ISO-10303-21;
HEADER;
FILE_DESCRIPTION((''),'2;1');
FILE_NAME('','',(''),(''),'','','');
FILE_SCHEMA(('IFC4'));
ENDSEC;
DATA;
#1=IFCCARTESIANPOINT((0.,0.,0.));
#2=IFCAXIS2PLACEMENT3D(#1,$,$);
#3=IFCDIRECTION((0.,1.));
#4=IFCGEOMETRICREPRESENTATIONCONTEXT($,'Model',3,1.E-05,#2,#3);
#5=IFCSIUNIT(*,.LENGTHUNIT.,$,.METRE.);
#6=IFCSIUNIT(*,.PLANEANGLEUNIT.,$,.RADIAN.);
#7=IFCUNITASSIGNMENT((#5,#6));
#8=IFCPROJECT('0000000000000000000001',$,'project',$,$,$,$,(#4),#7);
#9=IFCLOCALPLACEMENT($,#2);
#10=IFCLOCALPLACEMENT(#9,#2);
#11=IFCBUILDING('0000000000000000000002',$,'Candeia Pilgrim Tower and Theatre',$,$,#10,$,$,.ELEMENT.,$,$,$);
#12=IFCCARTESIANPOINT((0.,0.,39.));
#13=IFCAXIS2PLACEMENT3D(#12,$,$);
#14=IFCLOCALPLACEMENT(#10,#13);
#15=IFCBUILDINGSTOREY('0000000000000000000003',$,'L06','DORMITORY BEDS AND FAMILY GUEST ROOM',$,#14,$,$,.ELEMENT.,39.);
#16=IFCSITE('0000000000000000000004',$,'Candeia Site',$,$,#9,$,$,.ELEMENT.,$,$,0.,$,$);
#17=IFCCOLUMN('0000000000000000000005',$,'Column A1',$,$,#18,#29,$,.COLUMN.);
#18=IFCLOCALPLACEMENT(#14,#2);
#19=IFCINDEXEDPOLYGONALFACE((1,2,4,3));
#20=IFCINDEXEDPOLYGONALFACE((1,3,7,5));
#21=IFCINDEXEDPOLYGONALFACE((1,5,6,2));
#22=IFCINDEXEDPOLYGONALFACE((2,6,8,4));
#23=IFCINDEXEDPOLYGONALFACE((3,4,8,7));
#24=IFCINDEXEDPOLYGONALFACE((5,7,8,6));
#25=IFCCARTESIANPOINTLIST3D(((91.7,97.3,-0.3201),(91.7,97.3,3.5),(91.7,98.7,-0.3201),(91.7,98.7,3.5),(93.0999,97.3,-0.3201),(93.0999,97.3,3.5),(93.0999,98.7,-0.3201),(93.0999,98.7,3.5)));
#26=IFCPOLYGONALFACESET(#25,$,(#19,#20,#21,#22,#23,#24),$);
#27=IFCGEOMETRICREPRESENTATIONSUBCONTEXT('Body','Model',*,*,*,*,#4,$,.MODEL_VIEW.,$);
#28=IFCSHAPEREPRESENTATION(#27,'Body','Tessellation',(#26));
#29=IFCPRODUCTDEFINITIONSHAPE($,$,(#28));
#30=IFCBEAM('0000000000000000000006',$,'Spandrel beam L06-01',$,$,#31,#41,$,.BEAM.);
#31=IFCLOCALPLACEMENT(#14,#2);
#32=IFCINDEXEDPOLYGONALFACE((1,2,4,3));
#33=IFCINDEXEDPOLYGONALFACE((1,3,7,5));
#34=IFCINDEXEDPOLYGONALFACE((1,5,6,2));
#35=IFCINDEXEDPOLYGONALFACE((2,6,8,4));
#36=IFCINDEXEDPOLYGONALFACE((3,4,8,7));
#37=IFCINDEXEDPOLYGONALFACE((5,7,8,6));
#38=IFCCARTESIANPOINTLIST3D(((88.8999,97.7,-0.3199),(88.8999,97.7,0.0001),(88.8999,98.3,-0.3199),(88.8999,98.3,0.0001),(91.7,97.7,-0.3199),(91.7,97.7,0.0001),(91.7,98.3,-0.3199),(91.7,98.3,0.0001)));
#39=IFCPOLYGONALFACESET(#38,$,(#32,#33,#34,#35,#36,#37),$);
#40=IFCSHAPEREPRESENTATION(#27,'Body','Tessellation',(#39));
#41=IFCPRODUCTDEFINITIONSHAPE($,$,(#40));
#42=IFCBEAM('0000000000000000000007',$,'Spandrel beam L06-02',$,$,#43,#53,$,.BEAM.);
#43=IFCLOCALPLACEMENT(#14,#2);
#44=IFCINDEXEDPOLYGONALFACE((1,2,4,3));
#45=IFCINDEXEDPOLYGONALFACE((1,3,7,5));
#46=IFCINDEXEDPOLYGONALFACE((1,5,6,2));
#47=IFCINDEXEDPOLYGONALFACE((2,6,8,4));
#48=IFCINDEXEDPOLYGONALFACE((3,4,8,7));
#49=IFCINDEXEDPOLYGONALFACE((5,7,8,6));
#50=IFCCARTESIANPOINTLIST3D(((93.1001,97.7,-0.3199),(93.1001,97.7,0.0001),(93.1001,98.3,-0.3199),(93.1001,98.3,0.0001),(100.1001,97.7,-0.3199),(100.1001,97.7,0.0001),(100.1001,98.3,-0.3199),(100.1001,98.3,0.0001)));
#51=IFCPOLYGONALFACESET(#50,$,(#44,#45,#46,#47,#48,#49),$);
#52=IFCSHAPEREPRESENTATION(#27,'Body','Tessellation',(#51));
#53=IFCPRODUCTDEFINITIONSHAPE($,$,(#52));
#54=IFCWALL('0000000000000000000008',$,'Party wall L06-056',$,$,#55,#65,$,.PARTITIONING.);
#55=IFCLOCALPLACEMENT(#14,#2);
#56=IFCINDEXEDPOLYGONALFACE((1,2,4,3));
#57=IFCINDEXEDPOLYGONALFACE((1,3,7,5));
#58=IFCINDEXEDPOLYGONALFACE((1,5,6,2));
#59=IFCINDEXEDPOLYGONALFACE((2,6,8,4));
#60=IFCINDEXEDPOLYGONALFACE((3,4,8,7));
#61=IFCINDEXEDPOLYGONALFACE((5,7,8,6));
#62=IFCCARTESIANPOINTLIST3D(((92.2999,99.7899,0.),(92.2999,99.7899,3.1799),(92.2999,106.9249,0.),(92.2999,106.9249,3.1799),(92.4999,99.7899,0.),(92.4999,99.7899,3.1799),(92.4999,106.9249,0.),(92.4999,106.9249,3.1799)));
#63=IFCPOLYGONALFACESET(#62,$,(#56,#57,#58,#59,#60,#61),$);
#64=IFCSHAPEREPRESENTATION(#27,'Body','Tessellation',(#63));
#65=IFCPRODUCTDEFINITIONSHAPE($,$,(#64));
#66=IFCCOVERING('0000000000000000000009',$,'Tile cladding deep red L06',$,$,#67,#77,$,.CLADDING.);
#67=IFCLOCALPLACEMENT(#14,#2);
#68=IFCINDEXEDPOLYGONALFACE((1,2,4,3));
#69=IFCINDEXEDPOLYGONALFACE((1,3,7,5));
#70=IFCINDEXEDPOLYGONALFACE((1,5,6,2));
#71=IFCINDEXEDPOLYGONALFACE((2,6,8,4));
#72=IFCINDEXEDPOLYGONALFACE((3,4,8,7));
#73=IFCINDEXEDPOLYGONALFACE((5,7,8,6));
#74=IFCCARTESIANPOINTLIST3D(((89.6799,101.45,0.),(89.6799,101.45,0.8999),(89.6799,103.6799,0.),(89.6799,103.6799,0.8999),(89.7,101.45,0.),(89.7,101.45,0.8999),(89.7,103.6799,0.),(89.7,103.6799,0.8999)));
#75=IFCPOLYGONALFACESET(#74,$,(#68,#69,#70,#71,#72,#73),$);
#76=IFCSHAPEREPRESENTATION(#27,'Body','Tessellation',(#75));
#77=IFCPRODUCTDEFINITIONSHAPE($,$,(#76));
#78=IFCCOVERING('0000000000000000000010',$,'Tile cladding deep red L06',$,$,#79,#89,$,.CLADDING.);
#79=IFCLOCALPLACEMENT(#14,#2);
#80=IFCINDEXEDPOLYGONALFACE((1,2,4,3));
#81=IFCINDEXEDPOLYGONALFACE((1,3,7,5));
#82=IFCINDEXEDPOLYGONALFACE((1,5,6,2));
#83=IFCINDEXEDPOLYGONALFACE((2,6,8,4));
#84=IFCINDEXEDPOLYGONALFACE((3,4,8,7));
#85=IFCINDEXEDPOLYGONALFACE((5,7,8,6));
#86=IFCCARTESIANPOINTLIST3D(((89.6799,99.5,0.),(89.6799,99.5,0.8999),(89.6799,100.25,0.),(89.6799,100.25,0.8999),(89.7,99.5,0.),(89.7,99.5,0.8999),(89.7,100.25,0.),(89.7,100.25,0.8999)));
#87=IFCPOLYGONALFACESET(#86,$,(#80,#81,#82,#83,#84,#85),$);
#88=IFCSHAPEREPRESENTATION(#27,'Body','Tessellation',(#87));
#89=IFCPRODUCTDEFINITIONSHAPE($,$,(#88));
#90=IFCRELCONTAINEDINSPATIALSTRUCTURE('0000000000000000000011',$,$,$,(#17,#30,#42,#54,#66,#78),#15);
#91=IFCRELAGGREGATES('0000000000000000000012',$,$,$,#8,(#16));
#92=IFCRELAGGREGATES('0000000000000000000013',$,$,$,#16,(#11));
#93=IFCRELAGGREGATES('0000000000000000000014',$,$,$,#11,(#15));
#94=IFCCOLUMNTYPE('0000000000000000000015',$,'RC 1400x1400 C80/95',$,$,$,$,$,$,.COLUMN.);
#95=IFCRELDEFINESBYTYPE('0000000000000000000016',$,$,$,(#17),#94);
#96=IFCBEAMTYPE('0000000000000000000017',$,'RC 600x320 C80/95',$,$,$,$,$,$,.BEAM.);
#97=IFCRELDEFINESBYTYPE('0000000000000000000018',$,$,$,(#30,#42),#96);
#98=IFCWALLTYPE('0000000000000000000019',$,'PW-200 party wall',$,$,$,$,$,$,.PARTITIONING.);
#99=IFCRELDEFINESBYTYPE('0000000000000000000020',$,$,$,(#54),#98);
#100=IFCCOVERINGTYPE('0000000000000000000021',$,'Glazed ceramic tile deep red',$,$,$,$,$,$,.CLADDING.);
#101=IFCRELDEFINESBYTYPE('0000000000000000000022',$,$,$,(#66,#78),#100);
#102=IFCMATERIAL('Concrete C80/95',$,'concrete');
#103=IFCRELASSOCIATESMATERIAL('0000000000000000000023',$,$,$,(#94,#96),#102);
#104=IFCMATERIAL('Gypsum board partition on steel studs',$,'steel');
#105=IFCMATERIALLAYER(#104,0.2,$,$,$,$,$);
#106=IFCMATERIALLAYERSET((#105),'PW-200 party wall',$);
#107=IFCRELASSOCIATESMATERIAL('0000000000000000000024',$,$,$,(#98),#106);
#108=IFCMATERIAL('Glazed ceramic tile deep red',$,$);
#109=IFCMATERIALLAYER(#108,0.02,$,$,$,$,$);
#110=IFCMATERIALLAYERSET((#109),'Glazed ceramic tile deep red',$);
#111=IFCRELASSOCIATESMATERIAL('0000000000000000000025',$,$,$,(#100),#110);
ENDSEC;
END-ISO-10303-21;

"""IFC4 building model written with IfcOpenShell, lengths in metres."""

from ifc_helpers import new_model, si_unit, direction, frame, frame_2d, origin, origin_2d, place, context, subcontext, project, spatial, rectangle, extrude, material, layer, layer_set, material_profile, profile_set, type_object, element, save


model = new_model("IFC4")

# Units and contexts
model_context = context("Model", 3, precision=1e-05, world=origin(), true_north=direction((0.0, 1.0)))
body_context = subcontext(model_context, "Body", "Model", "MODEL_VIEW")
ifc_project = project(units=[si_unit("LENGTHUNIT", "METRE"), si_unit("PLANEANGLEUNIT", "RADIAN")], contexts=[model_context])

# Site, building, storey
site_placement = place(None, origin())
site = spatial("IfcSite", under=ifc_project, at=site_placement, Name="Candeia Site", CompositionType="ELEMENT", RefElevation=0.0)
building_placement = place(site_placement, origin())
building = spatial("IfcBuilding", under=site, at=building_placement, Name="Candeia Pilgrim Tower and Theatre", CompositionType="ELEMENT")
storey_placement = place(building_placement, frame((0.0, 0.0, 39.0)))
storey = spatial("IfcBuildingStorey", under=building, at=storey_placement, Name="L06", Description="DORMITORY BEDS AND FAMILY GUEST ROOM", CompositionType="ELEMENT", Elevation=39.0)

# Column
ifc_material_1 = material(Name="Concrete C80/95", Category="concrete")
ifc_material_profile_1 = material_profile(ifc_material_1, rectangle(XDim=1.3999, YDim=1.3999, at=origin_2d()))
ifc_profile_set_1 = profile_set([ifc_material_profile_1], Name="Concrete C80/95")
column_type = type_object("IfcColumnType", Name="RC 1400x1400 C80/95", PredefinedType="COLUMN", material=ifc_profile_set_1)
column_placement = place(storey_placement, frame((92.3999, 98.0, -0.3201), z_axis=(0.0, 0.0, 1.0), x_axis=(1.0, 0.0, 0.0)))
element("IfcColumn", 1, at=column_placement, inside=storey, type_object=column_type, Name="Column A1", PredefinedType="COLUMN", context=body_context, shape_type="SweptSolid", body=[
    extrude(rectangle(XDim=1.3999, YDim=1.3999, at=origin_2d()), origin(), (0.0, 0.0, 1.0), 3.8201),
])

# Beams
ifc_material_profile_2 = material_profile(ifc_material_1, rectangle(XDim=0.6001, YDim=0.3201, at=origin_2d()))
ifc_profile_set_2 = profile_set([ifc_material_profile_2], Name="Concrete C80/95")
beam_type = type_object("IfcBeamType", Name="RC 600x320 C80/95", PredefinedType="BEAM", material=ifc_profile_set_2)
beam_1_placement = place(storey_placement, frame((88.8999, 98.0, -0.1599), z_axis=(1.0, 0.0, 0.0), x_axis=(0.0, 1.0, 0.0)))
element("IfcBeam", 2, at=beam_1_placement, inside=storey, type_object=beam_type, Name="Spandrel beam L06-01", PredefinedType="BEAM", context=body_context, shape_type="SweptSolid", body=[
    extrude(rectangle(XDim=0.6001, YDim=0.3201, at=origin_2d()), origin(), (0.0, 0.0, 1.0), 2.8),
])
beam_2_placement = place(storey_placement, frame((93.1001, 98.0, -0.1599), z_axis=(1.0, 0.0, 0.0), x_axis=(0.0, 1.0, 0.0)))
element("IfcBeam", 3, at=beam_2_placement, inside=storey, type_object=beam_type, Name="Spandrel beam L06-02", PredefinedType="BEAM", context=body_context, shape_type="SweptSolid", body=[
    extrude(rectangle(XDim=0.6001, YDim=0.3201, at=origin_2d()), origin(), (0.0, 0.0, 1.0), 7.0),
])

# Wall
ifc_material_2 = material(Name="Gypsum board partition on steel studs", Category="steel")
ifc_layer_1 = layer(ifc_material_2, 0.2)
ifc_layer_set_1 = layer_set([ifc_layer_1], Name="PW-200 party wall")
wall_type_1 = type_object("IfcWallType", Name="PW-200 party wall", PredefinedType="PARTITIONING", material=ifc_layer_set_1)
wall_1_placement = place(storey_placement, frame((92.3999, 99.79, 0.0), z_axis=(0.0, 0.0, 1.0), x_axis=(0.0, 1.0, 0.0)))
element("IfcWall", 4, at=wall_1_placement, inside=storey, type_object=wall_type_1, Name="Party wall L06-056", PredefinedType="PARTITIONING", context=body_context, shape_type="SweptSolid", body=[
    extrude(rectangle(XDim=7.135, YDim=0.2, at=frame_2d((3.5674, 0.0))), origin(), (0.0, 0.0, 1.0), 3.1799),
])

# Coverings
ifc_material_3 = material(Name="Glazed ceramic tile deep red")
ifc_layer_2 = layer(ifc_material_3, 0.02)
ifc_layer_set_2 = layer_set([ifc_layer_2], Name="Glazed ceramic tile deep red")
covering_type = type_object("IfcCoveringType", Name="Glazed ceramic tile deep red", PredefinedType="CLADDING", material=ifc_layer_set_2)
covering_1_placement = place(storey_placement, frame((89.6899, 102.5649, 0.0), z_axis=(0.0, 0.0, 1.0), x_axis=(0.0, -1.0, 0.0)))
element("IfcCovering", 5, at=covering_1_placement, inside=storey, type_object=covering_type, Name="Tile cladding deep red L06", PredefinedType="CLADDING", context=body_context, shape_type="SweptSolid", body=[
    extrude(rectangle(XDim=2.23, YDim=0.02, at=origin_2d()), origin(), (0.0, 0.0, 1.0), 0.8999),
])
covering_2_placement = place(storey_placement, frame((89.6899, 99.875, 0.0), z_axis=(0.0, 0.0, 1.0), x_axis=(0.0, -1.0, 0.0)))
element("IfcCovering", 6, at=covering_2_placement, inside=storey, type_object=covering_type, Name="Tile cladding deep red L06", PredefinedType="CLADDING", context=body_context, shape_type="SweptSolid", body=[
    extrude(rectangle(XDim=0.75, YDim=0.02, at=origin_2d()), origin(), (0.0, 0.0, 1.0), 0.8999),
])

save(model, "model.ifc")
